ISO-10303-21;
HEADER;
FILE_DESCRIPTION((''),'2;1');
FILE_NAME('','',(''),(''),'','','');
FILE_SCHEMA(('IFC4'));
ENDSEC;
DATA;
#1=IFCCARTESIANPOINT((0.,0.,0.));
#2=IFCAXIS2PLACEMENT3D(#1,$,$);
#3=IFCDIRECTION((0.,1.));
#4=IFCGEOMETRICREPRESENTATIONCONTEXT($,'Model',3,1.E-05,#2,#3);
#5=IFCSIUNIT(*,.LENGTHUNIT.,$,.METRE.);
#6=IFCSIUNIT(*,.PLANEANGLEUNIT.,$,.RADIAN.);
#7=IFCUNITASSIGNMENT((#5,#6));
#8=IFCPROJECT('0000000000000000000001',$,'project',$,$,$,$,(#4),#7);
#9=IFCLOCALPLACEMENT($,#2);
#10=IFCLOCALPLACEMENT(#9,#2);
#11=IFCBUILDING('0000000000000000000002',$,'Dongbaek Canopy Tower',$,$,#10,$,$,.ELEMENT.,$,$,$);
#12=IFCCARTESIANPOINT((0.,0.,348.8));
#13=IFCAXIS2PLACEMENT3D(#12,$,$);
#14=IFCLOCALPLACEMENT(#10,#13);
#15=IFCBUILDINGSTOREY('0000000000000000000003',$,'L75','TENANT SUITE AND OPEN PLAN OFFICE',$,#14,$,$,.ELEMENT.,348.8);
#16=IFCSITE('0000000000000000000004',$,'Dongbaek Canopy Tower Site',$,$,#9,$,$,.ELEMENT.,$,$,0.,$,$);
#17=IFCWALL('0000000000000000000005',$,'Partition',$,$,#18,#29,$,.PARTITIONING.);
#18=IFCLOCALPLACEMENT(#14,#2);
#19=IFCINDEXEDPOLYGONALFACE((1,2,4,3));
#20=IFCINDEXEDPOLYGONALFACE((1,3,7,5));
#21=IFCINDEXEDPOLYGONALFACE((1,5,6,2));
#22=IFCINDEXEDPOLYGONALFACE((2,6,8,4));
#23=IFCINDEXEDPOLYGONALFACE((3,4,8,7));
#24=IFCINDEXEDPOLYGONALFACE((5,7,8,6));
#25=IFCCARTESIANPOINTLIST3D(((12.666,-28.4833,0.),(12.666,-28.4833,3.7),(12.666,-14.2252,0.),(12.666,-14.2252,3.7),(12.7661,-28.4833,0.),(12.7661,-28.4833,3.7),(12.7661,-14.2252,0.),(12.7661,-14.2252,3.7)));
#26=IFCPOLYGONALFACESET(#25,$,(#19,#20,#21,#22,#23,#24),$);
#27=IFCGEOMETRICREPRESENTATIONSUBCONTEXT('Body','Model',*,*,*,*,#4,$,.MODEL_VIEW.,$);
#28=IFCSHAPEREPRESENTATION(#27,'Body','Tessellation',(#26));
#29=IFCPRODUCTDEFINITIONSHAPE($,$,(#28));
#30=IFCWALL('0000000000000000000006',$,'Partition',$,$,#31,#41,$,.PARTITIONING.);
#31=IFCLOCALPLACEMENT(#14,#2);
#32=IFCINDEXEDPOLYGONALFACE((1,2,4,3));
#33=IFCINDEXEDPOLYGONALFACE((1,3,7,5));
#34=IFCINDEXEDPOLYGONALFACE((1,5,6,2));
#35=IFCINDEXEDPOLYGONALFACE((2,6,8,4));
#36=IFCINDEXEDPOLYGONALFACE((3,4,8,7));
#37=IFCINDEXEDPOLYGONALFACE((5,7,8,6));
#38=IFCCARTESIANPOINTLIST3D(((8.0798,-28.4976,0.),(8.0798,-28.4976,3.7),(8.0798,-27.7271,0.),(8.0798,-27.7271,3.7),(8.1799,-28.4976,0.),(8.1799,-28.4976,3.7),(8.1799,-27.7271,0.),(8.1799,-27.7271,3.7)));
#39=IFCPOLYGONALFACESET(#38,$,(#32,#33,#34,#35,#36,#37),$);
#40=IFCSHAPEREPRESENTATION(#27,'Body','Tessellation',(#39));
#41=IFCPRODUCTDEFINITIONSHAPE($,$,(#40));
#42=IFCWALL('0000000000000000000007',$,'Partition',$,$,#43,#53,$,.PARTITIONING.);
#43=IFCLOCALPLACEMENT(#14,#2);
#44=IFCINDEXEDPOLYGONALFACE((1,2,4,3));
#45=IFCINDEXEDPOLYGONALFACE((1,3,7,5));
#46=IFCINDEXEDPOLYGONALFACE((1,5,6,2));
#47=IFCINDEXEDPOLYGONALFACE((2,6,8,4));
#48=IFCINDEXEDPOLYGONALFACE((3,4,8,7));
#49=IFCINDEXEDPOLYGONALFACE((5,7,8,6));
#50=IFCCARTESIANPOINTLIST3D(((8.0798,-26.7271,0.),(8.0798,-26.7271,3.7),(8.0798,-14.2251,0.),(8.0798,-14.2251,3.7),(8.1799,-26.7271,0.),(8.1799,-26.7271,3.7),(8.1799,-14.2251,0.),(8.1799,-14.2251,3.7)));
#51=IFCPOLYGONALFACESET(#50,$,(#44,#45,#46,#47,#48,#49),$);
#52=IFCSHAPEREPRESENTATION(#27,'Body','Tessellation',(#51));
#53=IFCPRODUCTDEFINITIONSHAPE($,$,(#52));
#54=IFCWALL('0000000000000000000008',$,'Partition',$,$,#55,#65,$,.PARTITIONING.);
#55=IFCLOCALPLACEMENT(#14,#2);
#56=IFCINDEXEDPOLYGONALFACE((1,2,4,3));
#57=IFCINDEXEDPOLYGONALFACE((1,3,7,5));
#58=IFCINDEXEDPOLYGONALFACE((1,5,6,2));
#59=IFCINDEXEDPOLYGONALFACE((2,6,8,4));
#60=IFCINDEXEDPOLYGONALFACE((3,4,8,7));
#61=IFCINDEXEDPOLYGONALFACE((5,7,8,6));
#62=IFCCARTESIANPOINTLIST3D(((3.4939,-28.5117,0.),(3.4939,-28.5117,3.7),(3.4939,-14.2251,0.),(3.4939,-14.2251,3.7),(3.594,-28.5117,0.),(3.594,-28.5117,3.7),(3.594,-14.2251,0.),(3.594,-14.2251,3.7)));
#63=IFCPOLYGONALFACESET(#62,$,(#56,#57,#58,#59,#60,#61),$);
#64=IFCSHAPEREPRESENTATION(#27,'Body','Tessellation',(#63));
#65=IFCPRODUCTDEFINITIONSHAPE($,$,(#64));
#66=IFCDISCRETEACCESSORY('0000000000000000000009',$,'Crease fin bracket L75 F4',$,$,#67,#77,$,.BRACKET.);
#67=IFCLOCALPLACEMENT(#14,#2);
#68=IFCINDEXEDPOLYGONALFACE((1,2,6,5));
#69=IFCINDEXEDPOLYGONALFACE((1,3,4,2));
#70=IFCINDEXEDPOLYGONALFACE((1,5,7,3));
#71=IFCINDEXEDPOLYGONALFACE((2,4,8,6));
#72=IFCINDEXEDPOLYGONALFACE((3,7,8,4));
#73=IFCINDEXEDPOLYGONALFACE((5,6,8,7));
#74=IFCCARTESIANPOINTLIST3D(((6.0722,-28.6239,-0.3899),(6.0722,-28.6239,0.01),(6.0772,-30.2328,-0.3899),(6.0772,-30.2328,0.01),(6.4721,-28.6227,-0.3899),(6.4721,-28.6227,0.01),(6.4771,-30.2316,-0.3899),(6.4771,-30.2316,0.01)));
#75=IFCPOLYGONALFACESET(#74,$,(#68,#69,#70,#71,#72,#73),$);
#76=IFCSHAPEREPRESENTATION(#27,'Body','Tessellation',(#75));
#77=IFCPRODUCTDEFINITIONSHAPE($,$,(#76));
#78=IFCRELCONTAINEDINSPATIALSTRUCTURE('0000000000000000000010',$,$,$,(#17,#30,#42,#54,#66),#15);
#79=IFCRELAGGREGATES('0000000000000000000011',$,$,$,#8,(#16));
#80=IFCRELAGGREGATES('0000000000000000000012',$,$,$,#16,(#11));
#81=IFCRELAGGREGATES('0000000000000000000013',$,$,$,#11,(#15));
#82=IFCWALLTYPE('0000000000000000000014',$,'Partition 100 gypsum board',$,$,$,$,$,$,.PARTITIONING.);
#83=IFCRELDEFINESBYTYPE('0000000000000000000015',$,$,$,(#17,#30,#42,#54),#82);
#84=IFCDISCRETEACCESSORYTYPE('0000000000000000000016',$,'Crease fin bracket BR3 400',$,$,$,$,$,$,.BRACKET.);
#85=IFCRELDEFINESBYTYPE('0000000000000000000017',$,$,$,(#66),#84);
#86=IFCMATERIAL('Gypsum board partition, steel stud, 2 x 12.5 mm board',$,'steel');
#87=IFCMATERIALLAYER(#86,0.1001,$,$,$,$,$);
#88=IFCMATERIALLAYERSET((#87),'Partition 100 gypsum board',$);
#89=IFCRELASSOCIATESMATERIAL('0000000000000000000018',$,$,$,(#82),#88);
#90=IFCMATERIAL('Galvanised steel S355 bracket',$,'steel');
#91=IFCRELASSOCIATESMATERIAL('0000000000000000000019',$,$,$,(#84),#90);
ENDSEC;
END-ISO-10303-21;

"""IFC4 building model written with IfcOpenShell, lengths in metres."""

from ifc_helpers import new_model, si_unit, direction, frame, frame_2d, origin, origin_2d, place, context, subcontext, project, spatial, rectangle, extrude, material, layer, layer_set, type_object, element, save


model = new_model("IFC4")

# Units and contexts
model_context = context("Model", 3, precision=1e-05, world=origin(), true_north=direction((0.0, 1.0)))
body_context = subcontext(model_context, "Body", "Model", "MODEL_VIEW")
ifc_project = project(units=[si_unit("LENGTHUNIT", "METRE"), si_unit("PLANEANGLEUNIT", "RADIAN")], contexts=[model_context])

# Site, building, storey
site_placement = place(None, origin())
site = spatial("IfcSite", under=ifc_project, at=site_placement, Name="Dongbaek Canopy Tower Site", CompositionType="ELEMENT", RefElevation=0.0)
building_placement = place(site_placement, origin())
building = spatial("IfcBuilding", under=site, at=building_placement, Name="Dongbaek Canopy Tower", CompositionType="ELEMENT")
storey_placement = place(building_placement, frame((0.0, 0.0, 348.8)))
storey = spatial("IfcBuildingStorey", under=building, at=storey_placement, Name="L75", Description="TENANT SUITE AND OPEN PLAN OFFICE", CompositionType="ELEMENT", Elevation=348.8)

# Walls
ifc_material_1 = material(Name="Gypsum board partition, steel stud, 2 x 12.5 mm board", Category="steel")
ifc_layer_1 = layer(ifc_material_1, 0.1001)
ifc_layer_set_1 = layer_set([ifc_layer_1], Name="Partition 100 gypsum board")
wall_type = type_object("IfcWallType", Name="Partition 100 gypsum board", PredefinedType="PARTITIONING", material=ifc_layer_set_1)
wall_1_placement = place(storey_placement, frame((12.7161, -28.4832, 0.0), z_axis=(0.0, 0.0, 1.0), x_axis=(0.0, 1.0, 0.0)))
element("IfcWall", 1, at=wall_1_placement, inside=storey, type_object=wall_type, Name="Partition", PredefinedType="PARTITIONING", context=body_context, shape_type="SweptSolid", body=[
    extrude(rectangle(XDim=14.2581, YDim=0.1001, at=frame_2d((7.1289, 0.0))), origin(), (0.0, 0.0, 1.0), 3.7),
])
wall_2_placement = place(storey_placement, frame((8.1299, -28.4976, 0.0), z_axis=(0.0, 0.0, 1.0), x_axis=(0.0, 1.0, 0.0)))
element("IfcWall", 2, at=wall_2_placement, inside=storey, type_object=wall_type, Name="Partition", PredefinedType="PARTITIONING", context=body_context, shape_type="SweptSolid", body=[
    extrude(rectangle(XDim=0.7705, YDim=0.1001, at=frame_2d((0.3853, 0.0))), origin(), (0.0, 0.0, 1.0), 3.7),
])
wall_3_placement = place(storey_placement, frame((8.1299, -26.7271, 0.0), z_axis=(0.0, 0.0, 1.0), x_axis=(0.0, 1.0, 0.0)))
element("IfcWall", 3, at=wall_3_placement, inside=storey, type_object=wall_type, Name="Partition", PredefinedType="PARTITIONING", context=body_context, shape_type="SweptSolid", body=[
    extrude(rectangle(XDim=12.502, YDim=0.1001, at=frame_2d((6.251, 0.0))), origin(), (0.0, 0.0, 1.0), 3.7),
])
wall_4_placement = place(storey_placement, frame((3.5439, -28.5117, 0.0), z_axis=(0.0, 0.0, 1.0), x_axis=(0.0, 1.0, 0.0)))
element("IfcWall", 4, at=wall_4_placement, inside=storey, type_object=wall_type, Name="Partition", PredefinedType="PARTITIONING", context=body_context, shape_type="SweptSolid", body=[
    extrude(rectangle(XDim=14.2866, YDim=0.1001, at=frame_2d((7.1433, 0.0))), origin(), (0.0, 0.0, 1.0), 3.7),
])

# Discrete accessory
ifc_material_2 = material(Name="Galvanised steel S355 bracket", Category="steel")
discrete_accessory_type = type_object("IfcDiscreteAccessoryType", Name="Crease fin bracket BR3 400", PredefinedType="BRACKET", material=ifc_material_2)
discrete_accessory_placement = place(storey_placement, frame((6.2747, -29.4277, -0.3899), z_axis=(0.0, 0.0, 1.0), x_axis=(0.003065, -0.999995, 0.0)))
element("IfcDiscreteAccessory", 5, at=discrete_accessory_placement, inside=storey, type_object=discrete_accessory_type, Name="Crease fin bracket L75 F4", PredefinedType="BRACKET", context=body_context, shape_type="SweptSolid", body=[
    extrude(rectangle(XDim=1.6089, YDim=0.3999, at=origin_2d()), origin(), (0.0, 0.0, 1.0), 0.3999),
])

save(model, "model.ifc")
